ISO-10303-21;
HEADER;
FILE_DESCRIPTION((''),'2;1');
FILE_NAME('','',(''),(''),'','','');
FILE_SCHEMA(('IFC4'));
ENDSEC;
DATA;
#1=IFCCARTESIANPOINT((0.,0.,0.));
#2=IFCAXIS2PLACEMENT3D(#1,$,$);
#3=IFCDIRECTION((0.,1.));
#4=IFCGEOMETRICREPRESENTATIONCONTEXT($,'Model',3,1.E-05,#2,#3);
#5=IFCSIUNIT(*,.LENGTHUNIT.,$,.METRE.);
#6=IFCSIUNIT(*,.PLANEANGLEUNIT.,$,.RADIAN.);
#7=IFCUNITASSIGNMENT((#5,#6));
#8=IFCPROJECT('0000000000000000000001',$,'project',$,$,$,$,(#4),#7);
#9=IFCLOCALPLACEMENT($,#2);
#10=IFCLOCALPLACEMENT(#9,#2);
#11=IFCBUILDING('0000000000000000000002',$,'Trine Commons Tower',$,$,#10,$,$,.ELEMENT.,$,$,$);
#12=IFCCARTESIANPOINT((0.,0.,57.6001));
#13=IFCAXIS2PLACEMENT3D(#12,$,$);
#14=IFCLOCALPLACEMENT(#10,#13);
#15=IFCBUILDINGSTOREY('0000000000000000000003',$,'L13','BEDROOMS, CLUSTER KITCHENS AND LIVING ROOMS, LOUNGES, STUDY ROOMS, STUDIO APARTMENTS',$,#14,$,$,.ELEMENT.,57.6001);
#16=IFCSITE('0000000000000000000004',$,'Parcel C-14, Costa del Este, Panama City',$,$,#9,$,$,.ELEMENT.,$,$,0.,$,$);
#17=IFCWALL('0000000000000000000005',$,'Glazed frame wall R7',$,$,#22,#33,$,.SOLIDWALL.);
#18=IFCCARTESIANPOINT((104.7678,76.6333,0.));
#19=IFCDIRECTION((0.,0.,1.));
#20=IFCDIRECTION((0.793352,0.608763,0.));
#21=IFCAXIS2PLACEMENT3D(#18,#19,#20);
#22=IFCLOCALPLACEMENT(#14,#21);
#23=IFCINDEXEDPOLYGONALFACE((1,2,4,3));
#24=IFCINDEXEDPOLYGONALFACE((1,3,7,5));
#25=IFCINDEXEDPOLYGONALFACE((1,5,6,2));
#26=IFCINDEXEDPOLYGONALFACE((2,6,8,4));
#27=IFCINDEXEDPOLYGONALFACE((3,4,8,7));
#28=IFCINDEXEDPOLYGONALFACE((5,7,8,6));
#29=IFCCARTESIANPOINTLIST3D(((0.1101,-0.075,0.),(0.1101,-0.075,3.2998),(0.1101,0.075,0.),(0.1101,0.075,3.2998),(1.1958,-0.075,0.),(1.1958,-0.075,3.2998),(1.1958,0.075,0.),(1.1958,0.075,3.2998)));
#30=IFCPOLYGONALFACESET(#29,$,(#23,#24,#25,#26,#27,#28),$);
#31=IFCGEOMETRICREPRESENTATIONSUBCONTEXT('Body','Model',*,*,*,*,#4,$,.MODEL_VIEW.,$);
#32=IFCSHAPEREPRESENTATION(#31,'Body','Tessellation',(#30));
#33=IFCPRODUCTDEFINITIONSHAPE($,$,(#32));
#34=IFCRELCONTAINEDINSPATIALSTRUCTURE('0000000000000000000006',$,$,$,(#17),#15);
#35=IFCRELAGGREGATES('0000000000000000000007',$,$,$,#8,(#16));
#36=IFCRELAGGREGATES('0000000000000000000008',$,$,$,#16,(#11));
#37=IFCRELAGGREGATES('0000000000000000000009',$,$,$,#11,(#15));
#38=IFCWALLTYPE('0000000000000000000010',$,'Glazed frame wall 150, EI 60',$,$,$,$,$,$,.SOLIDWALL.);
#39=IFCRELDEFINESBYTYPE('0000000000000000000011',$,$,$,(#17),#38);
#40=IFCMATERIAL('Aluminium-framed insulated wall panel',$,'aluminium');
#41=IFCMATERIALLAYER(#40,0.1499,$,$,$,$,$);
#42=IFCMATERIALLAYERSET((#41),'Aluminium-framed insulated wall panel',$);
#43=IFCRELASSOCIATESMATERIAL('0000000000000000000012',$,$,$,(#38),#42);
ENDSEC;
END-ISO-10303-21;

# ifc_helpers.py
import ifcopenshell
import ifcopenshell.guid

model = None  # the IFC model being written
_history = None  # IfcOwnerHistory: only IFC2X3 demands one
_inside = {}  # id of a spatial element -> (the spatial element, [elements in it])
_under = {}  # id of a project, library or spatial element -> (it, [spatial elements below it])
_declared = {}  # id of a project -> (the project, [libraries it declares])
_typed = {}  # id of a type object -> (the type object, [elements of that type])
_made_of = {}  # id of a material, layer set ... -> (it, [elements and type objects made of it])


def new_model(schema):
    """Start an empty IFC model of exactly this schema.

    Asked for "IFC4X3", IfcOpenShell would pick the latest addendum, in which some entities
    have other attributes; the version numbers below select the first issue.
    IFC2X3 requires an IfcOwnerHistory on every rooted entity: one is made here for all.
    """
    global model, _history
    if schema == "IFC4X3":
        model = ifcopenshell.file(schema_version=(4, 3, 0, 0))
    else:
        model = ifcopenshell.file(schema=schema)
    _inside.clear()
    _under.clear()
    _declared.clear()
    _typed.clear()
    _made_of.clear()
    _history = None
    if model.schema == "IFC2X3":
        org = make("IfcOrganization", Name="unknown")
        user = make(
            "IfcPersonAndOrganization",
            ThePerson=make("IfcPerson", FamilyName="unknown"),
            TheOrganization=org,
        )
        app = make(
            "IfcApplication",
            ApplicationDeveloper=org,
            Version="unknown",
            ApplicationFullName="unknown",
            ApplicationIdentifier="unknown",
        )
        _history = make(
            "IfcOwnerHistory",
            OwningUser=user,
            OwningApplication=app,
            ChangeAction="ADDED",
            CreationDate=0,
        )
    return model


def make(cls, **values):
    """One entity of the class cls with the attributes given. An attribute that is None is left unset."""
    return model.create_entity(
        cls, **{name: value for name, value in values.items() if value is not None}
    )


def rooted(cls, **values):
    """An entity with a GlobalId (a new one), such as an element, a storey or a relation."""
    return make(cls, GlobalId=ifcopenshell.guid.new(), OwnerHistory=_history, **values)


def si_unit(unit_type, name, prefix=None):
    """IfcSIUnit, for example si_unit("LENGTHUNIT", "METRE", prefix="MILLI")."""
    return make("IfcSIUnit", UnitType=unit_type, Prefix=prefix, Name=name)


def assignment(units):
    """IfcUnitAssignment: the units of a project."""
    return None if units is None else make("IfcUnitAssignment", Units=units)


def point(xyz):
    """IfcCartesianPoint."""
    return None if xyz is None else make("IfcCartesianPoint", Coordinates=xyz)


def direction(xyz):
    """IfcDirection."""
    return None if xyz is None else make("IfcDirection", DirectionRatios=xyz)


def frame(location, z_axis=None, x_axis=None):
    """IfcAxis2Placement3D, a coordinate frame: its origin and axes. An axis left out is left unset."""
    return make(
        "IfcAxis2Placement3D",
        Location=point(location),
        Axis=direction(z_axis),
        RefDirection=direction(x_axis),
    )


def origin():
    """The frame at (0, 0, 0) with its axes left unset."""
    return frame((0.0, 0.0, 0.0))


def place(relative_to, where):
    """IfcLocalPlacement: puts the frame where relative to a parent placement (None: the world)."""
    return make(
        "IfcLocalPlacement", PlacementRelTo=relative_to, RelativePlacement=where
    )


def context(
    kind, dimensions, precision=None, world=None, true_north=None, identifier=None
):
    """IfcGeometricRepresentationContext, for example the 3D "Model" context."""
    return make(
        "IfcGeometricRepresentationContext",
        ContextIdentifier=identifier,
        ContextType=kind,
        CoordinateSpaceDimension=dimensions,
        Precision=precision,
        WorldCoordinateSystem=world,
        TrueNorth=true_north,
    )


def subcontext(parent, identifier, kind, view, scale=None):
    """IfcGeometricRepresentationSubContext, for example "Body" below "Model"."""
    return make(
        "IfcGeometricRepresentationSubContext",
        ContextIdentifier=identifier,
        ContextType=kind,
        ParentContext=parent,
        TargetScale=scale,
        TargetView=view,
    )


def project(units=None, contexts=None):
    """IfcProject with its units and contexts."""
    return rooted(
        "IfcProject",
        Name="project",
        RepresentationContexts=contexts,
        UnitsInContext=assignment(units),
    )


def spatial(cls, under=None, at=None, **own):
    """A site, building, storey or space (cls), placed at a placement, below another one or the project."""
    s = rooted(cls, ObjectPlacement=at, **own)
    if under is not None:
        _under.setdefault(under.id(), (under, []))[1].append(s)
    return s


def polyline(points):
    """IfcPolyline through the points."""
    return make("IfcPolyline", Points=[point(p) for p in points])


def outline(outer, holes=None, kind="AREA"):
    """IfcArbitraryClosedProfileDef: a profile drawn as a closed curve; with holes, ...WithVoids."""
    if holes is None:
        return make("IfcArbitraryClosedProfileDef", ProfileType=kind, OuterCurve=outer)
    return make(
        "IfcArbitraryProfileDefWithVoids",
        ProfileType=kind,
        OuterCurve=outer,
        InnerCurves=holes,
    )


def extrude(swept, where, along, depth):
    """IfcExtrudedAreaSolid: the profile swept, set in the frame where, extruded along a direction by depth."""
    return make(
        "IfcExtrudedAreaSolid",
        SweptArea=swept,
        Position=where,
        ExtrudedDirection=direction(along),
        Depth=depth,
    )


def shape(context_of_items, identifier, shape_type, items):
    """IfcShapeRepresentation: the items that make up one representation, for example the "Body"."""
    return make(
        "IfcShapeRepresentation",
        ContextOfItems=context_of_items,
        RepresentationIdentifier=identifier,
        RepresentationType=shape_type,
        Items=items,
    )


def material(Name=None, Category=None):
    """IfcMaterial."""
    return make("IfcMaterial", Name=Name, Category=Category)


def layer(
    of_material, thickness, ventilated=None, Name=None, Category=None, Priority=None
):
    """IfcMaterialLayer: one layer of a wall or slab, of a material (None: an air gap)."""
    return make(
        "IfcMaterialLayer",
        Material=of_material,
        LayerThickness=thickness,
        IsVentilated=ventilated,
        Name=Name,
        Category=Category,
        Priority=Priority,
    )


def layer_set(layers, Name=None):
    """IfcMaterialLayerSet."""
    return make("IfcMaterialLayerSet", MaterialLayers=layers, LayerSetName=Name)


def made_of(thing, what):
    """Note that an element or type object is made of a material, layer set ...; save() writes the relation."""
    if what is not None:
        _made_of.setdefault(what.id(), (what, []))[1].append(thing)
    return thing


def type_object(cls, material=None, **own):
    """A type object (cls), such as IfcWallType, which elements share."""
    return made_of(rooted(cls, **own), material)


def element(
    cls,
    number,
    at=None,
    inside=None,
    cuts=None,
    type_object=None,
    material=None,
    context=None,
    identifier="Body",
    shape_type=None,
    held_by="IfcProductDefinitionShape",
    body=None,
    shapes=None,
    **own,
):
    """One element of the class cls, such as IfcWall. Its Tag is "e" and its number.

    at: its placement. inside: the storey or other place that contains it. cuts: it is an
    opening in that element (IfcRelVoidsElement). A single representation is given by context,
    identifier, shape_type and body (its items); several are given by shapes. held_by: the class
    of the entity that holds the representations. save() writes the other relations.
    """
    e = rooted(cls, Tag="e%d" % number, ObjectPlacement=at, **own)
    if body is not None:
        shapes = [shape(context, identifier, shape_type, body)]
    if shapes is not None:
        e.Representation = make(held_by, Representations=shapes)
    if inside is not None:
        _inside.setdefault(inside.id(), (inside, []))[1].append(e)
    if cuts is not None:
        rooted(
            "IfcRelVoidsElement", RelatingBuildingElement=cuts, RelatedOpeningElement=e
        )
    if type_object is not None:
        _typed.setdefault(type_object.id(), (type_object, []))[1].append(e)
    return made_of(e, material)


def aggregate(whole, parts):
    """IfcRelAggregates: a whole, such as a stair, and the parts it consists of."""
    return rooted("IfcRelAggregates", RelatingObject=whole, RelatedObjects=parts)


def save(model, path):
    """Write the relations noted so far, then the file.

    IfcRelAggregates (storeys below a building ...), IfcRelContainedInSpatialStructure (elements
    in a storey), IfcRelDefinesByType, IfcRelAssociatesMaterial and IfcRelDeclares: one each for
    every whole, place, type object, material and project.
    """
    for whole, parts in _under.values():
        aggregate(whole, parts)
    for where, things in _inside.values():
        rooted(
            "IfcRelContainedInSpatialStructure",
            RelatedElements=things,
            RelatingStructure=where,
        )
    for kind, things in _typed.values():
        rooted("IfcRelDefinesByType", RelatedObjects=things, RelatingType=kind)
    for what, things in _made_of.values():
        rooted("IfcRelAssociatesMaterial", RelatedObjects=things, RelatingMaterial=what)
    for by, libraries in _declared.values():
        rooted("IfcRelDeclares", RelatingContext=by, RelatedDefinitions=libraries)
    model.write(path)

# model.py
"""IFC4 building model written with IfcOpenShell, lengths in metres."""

from ifc_helpers import new_model, si_unit, direction, frame, origin, place, context, subcontext, project, spatial, polyline, outline, extrude, material, layer, layer_set, type_object, element, save


model = new_model("IFC4")

# Units and contexts
model_context = context("Model", 3, precision=1e-05, world=origin(), true_north=direction((0.0, 1.0)))
body_context = subcontext(model_context, "Body", "Model", "MODEL_VIEW")
ifc_project = project(units=[si_unit("LENGTHUNIT", "METRE"), si_unit("PLANEANGLEUNIT", "RADIAN")], contexts=[model_context])

# Site, building, storey
site_placement = place(None, origin())
site = spatial("IfcSite", under=ifc_project, at=site_placement, Name="Parcel C-14, Costa del Este, Panama City", CompositionType="ELEMENT", RefElevation=0.0)
building_placement = place(site_placement, origin())
building = spatial("IfcBuilding", under=site, at=building_placement, Name="Trine Commons Tower", CompositionType="ELEMENT")
storey_placement = place(building_placement, frame((0.0, 0.0, 57.6001)))
storey = spatial("IfcBuildingStorey", under=building, at=storey_placement, Name="L13", Description="BEDROOMS, CLUSTER KITCHENS AND LIVING ROOMS, LOUNGES, STUDY ROOMS, STUDIO APARTMENTS", CompositionType="ELEMENT", Elevation=57.6001)

# Wall
ifc_material_1 = material(Name="Aluminium-framed insulated wall panel", Category="aluminium")
ifc_layer_1 = layer(ifc_material_1, 0.1499)
ifc_layer_set_1 = layer_set([ifc_layer_1], Name="Aluminium-framed insulated wall panel")
wall_type_1 = type_object("IfcWallType", Name="Glazed frame wall 150, EI 60", PredefinedType="SOLIDWALL", material=ifc_layer_set_1)
wall_1_placement = place(storey_placement, frame((104.7678, 76.6333, 0.0), z_axis=(0.0, 0.0, 1.0), x_axis=(0.793352, 0.608763, 0.0)))
element("IfcWall", 1, at=wall_1_placement, inside=storey, type_object=wall_type_1, Name="Glazed frame wall R7", PredefinedType="SOLIDWALL", context=body_context, shape_type="SweptSolid", body=[
    extrude(outline(polyline([(0.1101, 0.075), (0.1101, -0.075), (1.1958, -0.075), (1.1958, 0.075), (0.1101, 0.075)])), origin(), (0.0, 0.0, 1.0), 3.2998),
])

save(model, "model.ifc")
